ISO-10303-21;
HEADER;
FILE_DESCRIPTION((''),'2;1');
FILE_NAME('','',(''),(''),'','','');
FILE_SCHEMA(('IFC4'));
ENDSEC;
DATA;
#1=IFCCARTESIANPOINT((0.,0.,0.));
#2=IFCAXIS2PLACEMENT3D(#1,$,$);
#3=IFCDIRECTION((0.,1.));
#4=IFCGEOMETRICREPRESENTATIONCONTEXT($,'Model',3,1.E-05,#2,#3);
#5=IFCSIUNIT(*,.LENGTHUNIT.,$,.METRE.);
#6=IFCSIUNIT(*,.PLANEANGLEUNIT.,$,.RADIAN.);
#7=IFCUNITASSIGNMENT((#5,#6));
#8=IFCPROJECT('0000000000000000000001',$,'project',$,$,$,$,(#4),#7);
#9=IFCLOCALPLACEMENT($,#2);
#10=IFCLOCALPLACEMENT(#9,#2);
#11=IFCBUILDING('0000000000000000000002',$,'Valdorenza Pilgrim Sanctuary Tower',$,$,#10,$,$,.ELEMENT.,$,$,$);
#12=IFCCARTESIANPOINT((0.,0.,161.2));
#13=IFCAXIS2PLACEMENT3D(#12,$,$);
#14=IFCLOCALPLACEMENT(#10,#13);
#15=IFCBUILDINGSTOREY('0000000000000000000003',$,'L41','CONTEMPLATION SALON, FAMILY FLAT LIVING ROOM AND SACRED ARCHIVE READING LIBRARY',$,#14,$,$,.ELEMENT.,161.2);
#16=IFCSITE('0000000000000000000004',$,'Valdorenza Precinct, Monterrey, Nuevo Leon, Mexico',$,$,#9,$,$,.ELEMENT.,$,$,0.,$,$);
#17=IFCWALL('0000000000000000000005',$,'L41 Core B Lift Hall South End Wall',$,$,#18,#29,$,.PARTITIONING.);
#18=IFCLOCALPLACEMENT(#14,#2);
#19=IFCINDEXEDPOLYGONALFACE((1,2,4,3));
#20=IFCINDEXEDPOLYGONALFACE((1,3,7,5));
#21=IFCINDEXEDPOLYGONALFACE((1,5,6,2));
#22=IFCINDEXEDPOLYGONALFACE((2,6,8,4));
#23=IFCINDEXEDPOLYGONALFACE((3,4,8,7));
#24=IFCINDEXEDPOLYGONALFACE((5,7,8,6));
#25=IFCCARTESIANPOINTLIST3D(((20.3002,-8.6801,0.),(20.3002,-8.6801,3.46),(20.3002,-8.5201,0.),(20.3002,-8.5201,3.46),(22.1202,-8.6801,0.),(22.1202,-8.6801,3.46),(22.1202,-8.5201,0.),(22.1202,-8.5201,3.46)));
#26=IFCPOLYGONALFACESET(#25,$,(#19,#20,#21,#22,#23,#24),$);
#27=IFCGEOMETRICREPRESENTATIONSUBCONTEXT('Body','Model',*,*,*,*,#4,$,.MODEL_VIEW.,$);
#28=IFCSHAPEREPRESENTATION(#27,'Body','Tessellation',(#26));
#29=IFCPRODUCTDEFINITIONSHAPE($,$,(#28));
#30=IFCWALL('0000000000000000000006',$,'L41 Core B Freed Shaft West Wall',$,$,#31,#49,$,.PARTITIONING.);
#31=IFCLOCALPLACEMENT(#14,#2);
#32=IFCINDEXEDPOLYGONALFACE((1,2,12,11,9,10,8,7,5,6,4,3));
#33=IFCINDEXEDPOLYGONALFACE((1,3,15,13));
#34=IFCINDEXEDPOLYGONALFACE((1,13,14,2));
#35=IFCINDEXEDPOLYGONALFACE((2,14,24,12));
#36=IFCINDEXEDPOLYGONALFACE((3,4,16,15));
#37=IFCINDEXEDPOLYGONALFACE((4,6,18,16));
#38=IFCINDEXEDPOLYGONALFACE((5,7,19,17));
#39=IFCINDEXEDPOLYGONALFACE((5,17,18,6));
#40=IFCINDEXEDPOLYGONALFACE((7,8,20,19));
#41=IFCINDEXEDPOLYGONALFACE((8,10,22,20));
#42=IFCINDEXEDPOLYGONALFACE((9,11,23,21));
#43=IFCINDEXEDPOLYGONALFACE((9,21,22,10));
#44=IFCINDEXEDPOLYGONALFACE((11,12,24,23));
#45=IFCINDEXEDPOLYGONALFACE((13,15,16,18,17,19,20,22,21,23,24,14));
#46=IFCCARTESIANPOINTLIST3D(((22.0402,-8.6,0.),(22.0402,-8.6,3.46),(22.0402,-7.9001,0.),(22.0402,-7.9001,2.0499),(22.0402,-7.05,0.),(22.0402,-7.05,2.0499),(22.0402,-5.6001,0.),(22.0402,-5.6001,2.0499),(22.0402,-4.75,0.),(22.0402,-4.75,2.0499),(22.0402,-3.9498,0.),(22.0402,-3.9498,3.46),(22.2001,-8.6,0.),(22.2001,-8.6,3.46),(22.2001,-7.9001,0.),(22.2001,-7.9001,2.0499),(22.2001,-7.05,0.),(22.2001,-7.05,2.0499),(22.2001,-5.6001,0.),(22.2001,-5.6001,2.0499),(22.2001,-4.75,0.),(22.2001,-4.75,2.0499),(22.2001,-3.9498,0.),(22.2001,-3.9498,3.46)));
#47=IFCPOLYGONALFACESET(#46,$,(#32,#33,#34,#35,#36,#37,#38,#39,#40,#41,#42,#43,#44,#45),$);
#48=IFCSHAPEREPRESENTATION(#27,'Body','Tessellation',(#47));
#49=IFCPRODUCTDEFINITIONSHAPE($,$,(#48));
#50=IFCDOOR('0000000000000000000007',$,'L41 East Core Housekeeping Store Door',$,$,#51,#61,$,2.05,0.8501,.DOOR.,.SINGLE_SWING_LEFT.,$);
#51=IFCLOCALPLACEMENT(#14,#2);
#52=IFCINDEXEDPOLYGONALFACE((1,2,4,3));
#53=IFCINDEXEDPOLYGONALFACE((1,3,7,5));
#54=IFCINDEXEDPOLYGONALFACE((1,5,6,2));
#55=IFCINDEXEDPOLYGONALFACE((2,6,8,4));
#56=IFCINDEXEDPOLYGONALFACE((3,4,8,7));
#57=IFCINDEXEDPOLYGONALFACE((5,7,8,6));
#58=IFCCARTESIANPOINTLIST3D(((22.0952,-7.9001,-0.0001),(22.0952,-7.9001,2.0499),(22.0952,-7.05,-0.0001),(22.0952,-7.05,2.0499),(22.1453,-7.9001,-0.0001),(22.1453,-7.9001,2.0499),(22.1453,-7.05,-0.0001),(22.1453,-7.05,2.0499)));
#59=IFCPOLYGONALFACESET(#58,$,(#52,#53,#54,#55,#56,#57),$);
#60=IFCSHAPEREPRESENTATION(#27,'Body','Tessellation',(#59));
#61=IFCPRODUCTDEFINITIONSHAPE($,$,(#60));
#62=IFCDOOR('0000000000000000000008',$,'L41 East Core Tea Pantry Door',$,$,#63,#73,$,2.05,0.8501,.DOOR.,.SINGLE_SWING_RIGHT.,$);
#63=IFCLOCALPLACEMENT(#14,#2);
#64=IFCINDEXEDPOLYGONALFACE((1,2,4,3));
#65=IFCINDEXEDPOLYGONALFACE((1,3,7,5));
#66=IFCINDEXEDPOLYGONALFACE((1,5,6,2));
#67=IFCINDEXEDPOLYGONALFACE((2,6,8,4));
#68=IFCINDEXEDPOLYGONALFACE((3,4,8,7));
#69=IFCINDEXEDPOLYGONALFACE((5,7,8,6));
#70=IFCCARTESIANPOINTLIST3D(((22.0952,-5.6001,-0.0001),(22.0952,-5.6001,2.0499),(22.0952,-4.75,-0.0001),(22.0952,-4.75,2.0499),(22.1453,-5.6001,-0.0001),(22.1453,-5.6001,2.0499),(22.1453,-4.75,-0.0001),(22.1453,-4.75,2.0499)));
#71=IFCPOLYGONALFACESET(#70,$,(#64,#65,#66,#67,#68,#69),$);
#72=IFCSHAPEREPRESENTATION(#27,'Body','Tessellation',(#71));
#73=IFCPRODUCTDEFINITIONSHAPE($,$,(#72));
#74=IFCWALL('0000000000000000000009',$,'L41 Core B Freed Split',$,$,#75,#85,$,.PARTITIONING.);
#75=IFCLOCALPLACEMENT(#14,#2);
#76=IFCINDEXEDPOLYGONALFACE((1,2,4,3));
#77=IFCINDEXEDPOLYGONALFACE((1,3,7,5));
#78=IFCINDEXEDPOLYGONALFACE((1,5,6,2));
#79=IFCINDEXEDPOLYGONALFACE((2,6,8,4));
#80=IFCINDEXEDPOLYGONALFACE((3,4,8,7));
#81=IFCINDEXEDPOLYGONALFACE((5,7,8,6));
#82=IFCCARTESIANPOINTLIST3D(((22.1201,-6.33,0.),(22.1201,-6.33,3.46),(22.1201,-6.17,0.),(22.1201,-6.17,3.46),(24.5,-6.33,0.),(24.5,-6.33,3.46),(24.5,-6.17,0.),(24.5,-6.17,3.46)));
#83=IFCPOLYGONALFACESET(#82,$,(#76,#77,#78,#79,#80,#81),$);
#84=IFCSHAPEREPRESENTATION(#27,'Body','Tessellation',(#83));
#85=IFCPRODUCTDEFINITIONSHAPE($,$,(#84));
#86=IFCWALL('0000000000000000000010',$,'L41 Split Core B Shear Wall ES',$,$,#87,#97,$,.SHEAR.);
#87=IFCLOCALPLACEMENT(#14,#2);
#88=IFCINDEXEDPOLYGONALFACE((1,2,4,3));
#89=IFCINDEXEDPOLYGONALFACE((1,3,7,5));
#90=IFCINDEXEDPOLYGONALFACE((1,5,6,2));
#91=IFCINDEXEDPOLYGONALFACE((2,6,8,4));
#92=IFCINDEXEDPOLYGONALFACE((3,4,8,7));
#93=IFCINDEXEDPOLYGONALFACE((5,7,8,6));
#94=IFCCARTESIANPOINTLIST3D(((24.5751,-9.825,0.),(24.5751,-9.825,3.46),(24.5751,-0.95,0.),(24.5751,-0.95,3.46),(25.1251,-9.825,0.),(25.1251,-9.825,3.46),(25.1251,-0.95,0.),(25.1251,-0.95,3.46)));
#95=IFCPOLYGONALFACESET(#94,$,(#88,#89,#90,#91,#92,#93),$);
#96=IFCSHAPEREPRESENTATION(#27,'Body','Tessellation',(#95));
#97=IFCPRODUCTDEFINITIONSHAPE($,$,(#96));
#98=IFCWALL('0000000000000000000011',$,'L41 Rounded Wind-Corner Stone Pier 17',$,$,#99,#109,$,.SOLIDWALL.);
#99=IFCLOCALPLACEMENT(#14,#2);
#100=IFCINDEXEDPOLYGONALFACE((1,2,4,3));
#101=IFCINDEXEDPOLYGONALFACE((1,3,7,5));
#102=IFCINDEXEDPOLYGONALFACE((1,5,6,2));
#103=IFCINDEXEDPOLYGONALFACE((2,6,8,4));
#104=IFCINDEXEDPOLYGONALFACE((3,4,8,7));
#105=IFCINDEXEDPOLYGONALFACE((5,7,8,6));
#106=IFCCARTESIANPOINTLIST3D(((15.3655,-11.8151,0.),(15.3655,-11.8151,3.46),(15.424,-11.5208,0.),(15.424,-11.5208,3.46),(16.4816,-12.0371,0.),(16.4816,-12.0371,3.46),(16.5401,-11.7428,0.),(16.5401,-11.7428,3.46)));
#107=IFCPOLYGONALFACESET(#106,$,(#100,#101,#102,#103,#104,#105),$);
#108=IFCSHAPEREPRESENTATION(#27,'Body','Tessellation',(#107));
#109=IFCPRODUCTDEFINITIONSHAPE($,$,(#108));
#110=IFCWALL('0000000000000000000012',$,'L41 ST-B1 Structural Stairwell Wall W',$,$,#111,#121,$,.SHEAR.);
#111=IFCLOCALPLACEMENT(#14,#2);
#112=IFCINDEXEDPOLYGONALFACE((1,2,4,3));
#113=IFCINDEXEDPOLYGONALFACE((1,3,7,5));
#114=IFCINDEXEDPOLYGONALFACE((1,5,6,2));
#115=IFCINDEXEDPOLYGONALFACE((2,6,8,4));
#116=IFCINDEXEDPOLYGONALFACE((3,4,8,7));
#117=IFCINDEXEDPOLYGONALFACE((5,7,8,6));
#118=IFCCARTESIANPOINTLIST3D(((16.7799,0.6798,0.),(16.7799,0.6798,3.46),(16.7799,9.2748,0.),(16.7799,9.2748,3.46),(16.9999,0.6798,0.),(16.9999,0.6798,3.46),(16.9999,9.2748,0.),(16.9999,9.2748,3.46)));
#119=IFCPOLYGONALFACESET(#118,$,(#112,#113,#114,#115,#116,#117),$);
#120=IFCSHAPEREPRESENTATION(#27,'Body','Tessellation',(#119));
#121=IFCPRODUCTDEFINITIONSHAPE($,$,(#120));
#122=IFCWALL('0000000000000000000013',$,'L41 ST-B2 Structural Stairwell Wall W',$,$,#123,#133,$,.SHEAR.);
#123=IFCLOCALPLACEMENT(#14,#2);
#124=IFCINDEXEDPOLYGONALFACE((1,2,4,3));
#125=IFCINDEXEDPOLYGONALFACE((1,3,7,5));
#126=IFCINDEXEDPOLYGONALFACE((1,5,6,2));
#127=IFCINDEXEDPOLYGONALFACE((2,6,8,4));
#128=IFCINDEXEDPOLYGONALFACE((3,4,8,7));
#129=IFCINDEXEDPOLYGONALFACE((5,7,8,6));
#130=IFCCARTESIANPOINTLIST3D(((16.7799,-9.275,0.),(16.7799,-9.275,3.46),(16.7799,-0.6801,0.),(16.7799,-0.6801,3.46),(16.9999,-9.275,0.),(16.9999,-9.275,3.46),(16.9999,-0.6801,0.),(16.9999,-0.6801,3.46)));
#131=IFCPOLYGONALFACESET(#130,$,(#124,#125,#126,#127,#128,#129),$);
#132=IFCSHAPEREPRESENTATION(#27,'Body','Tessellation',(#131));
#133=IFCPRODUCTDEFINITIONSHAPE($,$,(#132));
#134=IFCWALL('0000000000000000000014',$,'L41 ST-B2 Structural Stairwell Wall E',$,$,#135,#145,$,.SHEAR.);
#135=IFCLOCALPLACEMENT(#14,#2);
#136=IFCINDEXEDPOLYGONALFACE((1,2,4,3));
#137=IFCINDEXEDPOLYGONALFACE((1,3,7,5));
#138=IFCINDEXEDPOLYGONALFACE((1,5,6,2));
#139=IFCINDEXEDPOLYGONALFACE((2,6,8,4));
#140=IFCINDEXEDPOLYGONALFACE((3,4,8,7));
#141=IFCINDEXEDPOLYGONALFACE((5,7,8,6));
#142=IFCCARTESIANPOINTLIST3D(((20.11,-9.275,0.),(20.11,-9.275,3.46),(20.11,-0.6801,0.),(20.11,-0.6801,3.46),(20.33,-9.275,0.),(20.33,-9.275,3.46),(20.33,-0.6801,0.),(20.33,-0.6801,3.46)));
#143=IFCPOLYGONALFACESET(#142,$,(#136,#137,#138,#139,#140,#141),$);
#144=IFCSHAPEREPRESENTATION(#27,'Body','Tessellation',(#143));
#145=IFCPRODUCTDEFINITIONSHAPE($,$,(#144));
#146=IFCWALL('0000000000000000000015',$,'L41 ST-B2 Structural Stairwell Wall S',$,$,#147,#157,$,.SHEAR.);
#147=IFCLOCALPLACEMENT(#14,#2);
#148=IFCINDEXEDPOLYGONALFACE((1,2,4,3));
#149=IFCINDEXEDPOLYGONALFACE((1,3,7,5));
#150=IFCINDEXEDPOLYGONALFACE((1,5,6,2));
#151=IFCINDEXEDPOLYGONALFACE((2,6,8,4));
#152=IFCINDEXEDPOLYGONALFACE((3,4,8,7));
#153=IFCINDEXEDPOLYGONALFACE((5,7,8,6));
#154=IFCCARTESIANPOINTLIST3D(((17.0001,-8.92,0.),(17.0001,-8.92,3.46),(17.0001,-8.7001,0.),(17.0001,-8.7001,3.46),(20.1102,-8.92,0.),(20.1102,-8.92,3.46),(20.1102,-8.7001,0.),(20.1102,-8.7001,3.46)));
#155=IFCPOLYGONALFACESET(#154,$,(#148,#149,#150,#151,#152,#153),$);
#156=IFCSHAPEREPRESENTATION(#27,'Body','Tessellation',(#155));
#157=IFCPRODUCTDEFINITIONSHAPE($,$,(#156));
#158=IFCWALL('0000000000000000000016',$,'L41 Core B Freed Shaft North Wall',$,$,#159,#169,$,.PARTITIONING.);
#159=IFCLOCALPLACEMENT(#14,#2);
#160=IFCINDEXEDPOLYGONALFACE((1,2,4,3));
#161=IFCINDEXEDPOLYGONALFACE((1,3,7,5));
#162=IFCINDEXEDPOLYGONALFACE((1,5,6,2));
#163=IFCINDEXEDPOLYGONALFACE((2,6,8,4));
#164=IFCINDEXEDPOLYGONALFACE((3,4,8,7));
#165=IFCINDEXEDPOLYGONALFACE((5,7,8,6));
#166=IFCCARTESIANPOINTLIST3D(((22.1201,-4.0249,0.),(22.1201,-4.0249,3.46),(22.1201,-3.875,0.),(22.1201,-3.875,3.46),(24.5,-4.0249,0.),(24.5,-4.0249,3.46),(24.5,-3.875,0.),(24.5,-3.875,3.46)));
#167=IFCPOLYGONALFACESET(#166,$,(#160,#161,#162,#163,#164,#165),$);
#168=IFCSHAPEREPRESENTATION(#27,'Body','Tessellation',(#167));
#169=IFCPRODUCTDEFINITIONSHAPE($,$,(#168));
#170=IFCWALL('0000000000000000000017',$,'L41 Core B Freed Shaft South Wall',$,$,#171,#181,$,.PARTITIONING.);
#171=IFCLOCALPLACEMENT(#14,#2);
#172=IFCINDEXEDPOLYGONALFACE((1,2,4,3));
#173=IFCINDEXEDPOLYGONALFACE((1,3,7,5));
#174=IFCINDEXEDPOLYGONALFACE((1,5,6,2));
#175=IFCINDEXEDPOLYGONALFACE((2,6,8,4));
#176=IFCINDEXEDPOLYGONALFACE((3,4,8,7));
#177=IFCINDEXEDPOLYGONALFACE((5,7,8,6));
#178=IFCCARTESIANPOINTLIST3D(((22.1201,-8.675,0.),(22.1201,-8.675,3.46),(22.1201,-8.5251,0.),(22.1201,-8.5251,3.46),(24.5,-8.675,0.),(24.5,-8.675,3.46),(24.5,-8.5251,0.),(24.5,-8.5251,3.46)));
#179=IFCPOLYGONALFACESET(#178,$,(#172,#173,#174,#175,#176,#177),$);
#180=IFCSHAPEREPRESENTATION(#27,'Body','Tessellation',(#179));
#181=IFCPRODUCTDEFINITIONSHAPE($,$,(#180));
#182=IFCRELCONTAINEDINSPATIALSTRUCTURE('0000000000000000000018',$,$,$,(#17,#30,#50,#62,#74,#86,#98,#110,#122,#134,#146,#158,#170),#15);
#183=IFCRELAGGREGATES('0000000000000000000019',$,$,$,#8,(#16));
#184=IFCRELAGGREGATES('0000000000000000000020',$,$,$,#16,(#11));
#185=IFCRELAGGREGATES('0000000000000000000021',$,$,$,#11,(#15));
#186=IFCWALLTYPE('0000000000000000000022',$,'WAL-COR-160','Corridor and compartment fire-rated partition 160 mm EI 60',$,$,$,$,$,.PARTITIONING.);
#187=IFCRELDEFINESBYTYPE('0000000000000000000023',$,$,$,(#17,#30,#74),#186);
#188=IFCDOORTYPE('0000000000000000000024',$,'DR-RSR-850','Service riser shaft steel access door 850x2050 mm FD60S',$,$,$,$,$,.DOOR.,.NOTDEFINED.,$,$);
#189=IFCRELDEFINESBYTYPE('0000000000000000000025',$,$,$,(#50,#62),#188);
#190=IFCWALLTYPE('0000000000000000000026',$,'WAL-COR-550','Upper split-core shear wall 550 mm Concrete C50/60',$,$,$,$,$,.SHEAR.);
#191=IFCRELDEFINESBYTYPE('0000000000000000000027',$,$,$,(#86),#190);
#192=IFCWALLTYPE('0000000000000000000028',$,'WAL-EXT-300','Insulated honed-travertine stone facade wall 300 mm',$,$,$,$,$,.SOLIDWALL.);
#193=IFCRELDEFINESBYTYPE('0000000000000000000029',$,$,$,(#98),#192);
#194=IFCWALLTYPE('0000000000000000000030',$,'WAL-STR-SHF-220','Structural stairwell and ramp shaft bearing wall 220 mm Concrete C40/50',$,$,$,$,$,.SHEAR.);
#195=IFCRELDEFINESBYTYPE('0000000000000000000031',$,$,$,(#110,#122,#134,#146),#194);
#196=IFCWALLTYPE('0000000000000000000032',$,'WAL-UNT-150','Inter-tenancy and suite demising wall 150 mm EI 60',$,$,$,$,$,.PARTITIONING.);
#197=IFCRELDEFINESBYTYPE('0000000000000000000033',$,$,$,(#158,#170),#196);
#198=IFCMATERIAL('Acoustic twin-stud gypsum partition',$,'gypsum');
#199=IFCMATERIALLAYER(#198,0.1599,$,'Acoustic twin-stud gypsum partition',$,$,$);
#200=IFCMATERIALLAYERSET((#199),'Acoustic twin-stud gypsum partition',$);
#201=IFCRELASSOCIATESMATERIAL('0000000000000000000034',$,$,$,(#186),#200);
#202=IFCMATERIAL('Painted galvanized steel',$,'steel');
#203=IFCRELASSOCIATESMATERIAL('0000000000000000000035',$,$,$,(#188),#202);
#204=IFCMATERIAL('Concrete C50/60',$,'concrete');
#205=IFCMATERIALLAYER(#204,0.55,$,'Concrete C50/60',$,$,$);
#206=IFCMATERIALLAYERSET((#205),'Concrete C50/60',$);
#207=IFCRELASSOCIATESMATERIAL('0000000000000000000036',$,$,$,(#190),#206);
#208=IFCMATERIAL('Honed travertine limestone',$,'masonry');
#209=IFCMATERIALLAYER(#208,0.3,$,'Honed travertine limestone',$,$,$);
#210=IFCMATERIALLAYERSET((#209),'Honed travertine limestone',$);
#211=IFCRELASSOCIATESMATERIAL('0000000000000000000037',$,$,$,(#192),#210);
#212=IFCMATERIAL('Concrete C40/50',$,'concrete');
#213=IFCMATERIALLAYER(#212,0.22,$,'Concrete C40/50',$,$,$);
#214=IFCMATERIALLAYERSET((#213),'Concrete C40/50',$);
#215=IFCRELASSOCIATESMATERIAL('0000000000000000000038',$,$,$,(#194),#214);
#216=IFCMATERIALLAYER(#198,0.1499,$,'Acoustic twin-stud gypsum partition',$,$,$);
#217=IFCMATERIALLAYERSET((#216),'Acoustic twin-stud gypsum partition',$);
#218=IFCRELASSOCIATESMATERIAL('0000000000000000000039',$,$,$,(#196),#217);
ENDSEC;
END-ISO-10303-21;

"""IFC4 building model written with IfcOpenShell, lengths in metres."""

from ifc_helpers import new_model, si_unit, direction, frame, frame_2d, origin, place, context, subcontext, project, spatial, rectangle, extrude, material, layer, layer_set, type_object, element, fill, save


model = new_model("IFC4")

# Units and contexts
model_context = context("Model", 3, precision=1e-05, world=origin(), true_north=direction((0.0, 1.0)))
body_context = subcontext(model_context, "Body", "Model", "MODEL_VIEW")
ifc_project = project(units=[si_unit("LENGTHUNIT", "METRE"), si_unit("PLANEANGLEUNIT", "RADIAN")], contexts=[model_context])

# Site, building, storey
site_placement = place(None, origin())
site = spatial("IfcSite", under=ifc_project, at=site_placement, Name="Valdorenza Precinct, Monterrey, Nuevo Leon, Mexico", CompositionType="ELEMENT", RefElevation=0.0)
building_placement = place(site_placement, origin())
building = spatial("IfcBuilding", under=site, at=building_placement, Name="Valdorenza Pilgrim Sanctuary Tower", CompositionType="ELEMENT")
storey_placement = place(building_placement, frame((0.0, 0.0, 161.2)))
storey = spatial("IfcBuildingStorey", under=building, at=storey_placement, Name="L41", Description="CONTEMPLATION SALON, FAMILY FLAT LIVING ROOM AND SACRED ARCHIVE READING LIBRARY", CompositionType="ELEMENT", Elevation=161.2)

# Shared definitions
ifc_material_1 = material(Name="Honed travertine limestone", Category="masonry")

# Wall
ifc_material_2 = material(Name="Acoustic twin-stud gypsum partition", Category="gypsum")
ifc_layer_1 = layer(ifc_material_2, 0.1599, Name="Acoustic twin-stud gypsum partition")
ifc_layer_set_1 = layer_set([ifc_layer_1], Name="Acoustic twin-stud gypsum partition")
wall_type_1 = type_object("IfcWallType", Name="WAL-COR-160", Description="Corridor and compartment fire-rated partition 160 mm EI 60", PredefinedType="PARTITIONING", material=ifc_layer_set_1)
wall_1_placement = place(storey_placement, frame((20.3, -8.6001, 0.0), z_axis=(0.0, 0.0, 1.0), x_axis=(1.0, 0.0, 0.0)))
element("IfcWall", 1, at=wall_1_placement, inside=storey, type_object=wall_type_1, Name="L41 Core B Lift Hall South End Wall", PredefinedType="PARTITIONING", context=body_context, shape_type="SweptSolid", body=[
    extrude(rectangle(XDim=1.8201, YDim=0.1599, at=frame_2d((0.9102, 0.0))), origin(), (0.0, 0.0, 1.0), 3.46),
])

# Wall, openings, doors
wall_2_placement = place(storey_placement, frame((22.1201, -8.6001, 0.0), z_axis=(0.0, 0.0, 1.0), x_axis=(0.0, 1.0, 0.0)))
wall_2 = element("IfcWall", 2, at=wall_2_placement, inside=storey, type_object=wall_type_1, Name="L41 Core B Freed Shaft West Wall", PredefinedType="PARTITIONING", context=body_context, shape_type="SweptSolid", body=[
    extrude(rectangle(XDim=4.6501, YDim=0.1599, at=frame_2d((2.3252, 0.0))), origin(), (0.0, 0.0, 1.0), 3.46),
])
opening_1_placement = place(wall_2_placement, frame((0.7, 0.0, 0.0)))
opening_1 = element("IfcOpeningElement", 3, at=opening_1_placement, cuts=wall_2, PredefinedType="OPENING", context=body_context, shape_type="SweptSolid", body=[
    extrude(rectangle(XDim=0.8501, YDim=2.05, at=frame_2d((0.425, 1.0249))), frame((0.0, 0.0947, 0.0), z_axis=(0.0, -1.0, 0.0), x_axis=(1.0, 0.0, 0.0)), (0.0, 0.0, 1.0), 0.1897),
])
opening_2_placement = place(wall_2_placement, frame((3.0, 0.0, 0.0)))
opening_2 = element("IfcOpeningElement", 4, at=opening_2_placement, cuts=wall_2, PredefinedType="OPENING", context=body_context, shape_type="SweptSolid", body=[
    extrude(rectangle(XDim=0.8501, YDim=2.05, at=frame_2d((0.425, 1.0249))), frame((0.0, 0.0947, 0.0), z_axis=(0.0, -1.0, 0.0), x_axis=(1.0, 0.0, 0.0)), (0.0, 0.0, 1.0), 0.1897),
])
ifc_material_3 = material(Name="Painted galvanized steel", Category="steel")
door_type_1 = type_object("IfcDoorType", Name="DR-RSR-850", Description="Service riser shaft steel access door 850x2050 mm FD60S", OperationType="NOTDEFINED", PredefinedType="DOOR", material=ifc_material_3)
door_1_placement = place(opening_1_placement, origin())
door_1 = element("IfcDoor", 5, at=door_1_placement, inside=storey, type_object=door_type_1, Name="L41 East Core Housekeeping Store Door", OperationType="SINGLE_SWING_LEFT", OverallHeight=2.05, OverallWidth=0.8501, PredefinedType="DOOR", context=body_context, shape_type="SweptSolid", body=[
    extrude(rectangle(XDim=0.8501, YDim=2.05, at=frame_2d((0.425, 1.0249))), frame((0.0, 0.0249, 0.0), z_axis=(0.0, -1.0, 0.0), x_axis=(1.0, 0.0, 0.0)), (0.0, 0.0, 1.0), 0.05),
])
fill(opening_1, door_1)
door_2_placement = place(opening_2_placement, origin())
door_2 = element("IfcDoor", 6, at=door_2_placement, inside=storey, type_object=door_type_1, Name="L41 East Core Tea Pantry Door", OperationType="SINGLE_SWING_RIGHT", OverallHeight=2.05, OverallWidth=0.8501, PredefinedType="DOOR", context=body_context, shape_type="SweptSolid", body=[
    extrude(rectangle(XDim=0.8501, YDim=2.05, at=frame_2d((0.425, 1.0249))), frame((0.0, 0.0249, 0.0), z_axis=(0.0, -1.0, 0.0), x_axis=(1.0, 0.0, 0.0)), (0.0, 0.0, 1.0), 0.05),
])
fill(opening_2, door_2)

# Walls
wall_3_placement = place(storey_placement, frame((22.1201, -6.25, 0.0), z_axis=(0.0, 0.0, 1.0), x_axis=(1.0, 0.0, 0.0)))
element("IfcWall", 7, at=wall_3_placement, inside=storey, type_object=wall_type_1, Name="L41 Core B Freed Split", PredefinedType="PARTITIONING", context=body_context, shape_type="SweptSolid", body=[
    extrude(rectangle(XDim=2.3799, YDim=0.1599, at=frame_2d((1.1899, 0.0))), origin(), (0.0, 0.0, 1.0), 3.46),
])
ifc_material_4 = material(Name="Concrete C50/60", Category="concrete")
ifc_layer_2 = layer(ifc_material_4, 0.55, Name="Concrete C50/60")
ifc_layer_set_2 = layer_set([ifc_layer_2], Name="Concrete C50/60")
wall_type_2 = type_object("IfcWallType", Name="WAL-COR-550", Description="Upper split-core shear wall 550 mm Concrete C50/60", PredefinedType="SHEAR", material=ifc_layer_set_2)
wall_4_placement = place(storey_placement, frame((24.8501, -9.825, 0.0), z_axis=(0.0, 0.0, 1.0), x_axis=(0.0, 1.0, 0.0)))
element("IfcWall", 8, at=wall_4_placement, inside=storey, type_object=wall_type_2, Name="L41 Split Core B Shear Wall ES", PredefinedType="SHEAR", context=body_context, shape_type="SweptSolid", body=[
    extrude(rectangle(XDim=8.875, YDim=0.55, at=frame_2d((4.4375, 0.0))), origin(), (0.0, 0.0, 1.0), 3.46),
])
ifc_layer_3 = layer(ifc_material_1, 0.3, Name="Honed travertine limestone")
ifc_layer_set_3 = layer_set([ifc_layer_3], Name="Honed travertine limestone")
wall_type_3 = type_object("IfcWallType", Name="WAL-EXT-300", Description="Insulated honed-travertine stone facade wall 300 mm", PredefinedType="SOLIDWALL", material=ifc_layer_set_3)
wall_5_placement = place(storey_placement, frame((16.5107, -11.8899, 0.0), z_axis=(0.0, 0.0, 1.0), x_axis=(-0.980795, 0.195043, 0.0)))
element("IfcWall", 9, at=wall_5_placement, inside=storey, type_object=wall_type_3, Name="L41 Rounded Wind-Corner Stone Pier 17", PredefinedType="SOLIDWALL", context=body_context, shape_type="SweptSolid", body=[
    extrude(rectangle(XDim=1.1379, YDim=0.3, at=frame_2d((0.5688, 0.0))), origin(), (0.0, 0.0, 1.0), 3.46),
])

# Walls
ifc_material_5 = material(Name="Concrete C40/50", Category="concrete")
ifc_layer_4 = layer(ifc_material_5, 0.22, Name="Concrete C40/50")
ifc_layer_set_4 = layer_set([ifc_layer_4], Name="Concrete C40/50")
wall_type_4 = type_object("IfcWallType", Name="WAL-STR-SHF-220", Description="Structural stairwell and ramp shaft bearing wall 220 mm Concrete C40/50", PredefinedType="SHEAR", material=ifc_layer_set_4)
for number, where, z_axis, x_axis, name in (
    (10, (16.8899, 0.6799, 0.0), (0.0, 0.0, 1.0), (0.0, 1.0, 0.0), "L41 ST-B1 Structural Stairwell Wall W"),
    (11, (16.8899, -9.2749, 0.0), (0.0, 0.0, 1.0), (0.0, 1.0, 0.0), "L41 ST-B2 Structural Stairwell Wall W"),
    (12, (20.22, -9.2749, 0.0), (0.0, 0.0, 1.0), (0.0, 1.0, 0.0), "L41 ST-B2 Structural Stairwell Wall E"),
):
    element("IfcWall", number, at=place(storey_placement, frame(where, z_axis=z_axis, x_axis=x_axis)), inside=storey, type_object=wall_type_4, Name=name, PredefinedType="SHEAR", context=body_context, shape_type="SweptSolid", body=[
        extrude(rectangle(XDim=8.595, YDim=0.22, at=frame_2d((4.2974, 0.0))), origin(), (0.0, 0.0, 1.0), 3.46),
    ])
wall_6_placement = place(storey_placement, frame((17.0, -8.8101, 0.0), z_axis=(0.0, 0.0, 1.0), x_axis=(1.0, 0.0, 0.0)))
element("IfcWall", 13, at=wall_6_placement, inside=storey, type_object=wall_type_4, Name="L41 ST-B2 Structural Stairwell Wall S", PredefinedType="SHEAR", context=body_context, shape_type="SweptSolid", body=[
    extrude(rectangle(XDim=3.1101, YDim=0.22, at=frame_2d((1.5552, 0.0))), origin(), (0.0, 0.0, 1.0), 3.46),
])

# Walls
ifc_layer_5 = layer(ifc_material_2, 0.1499, Name="Acoustic twin-stud gypsum partition")
ifc_layer_set_5 = layer_set([ifc_layer_5], Name="Acoustic twin-stud gypsum partition")
wall_type_5 = type_object("IfcWallType", Name="WAL-UNT-150", Description="Inter-tenancy and suite demising wall 150 mm EI 60", PredefinedType="PARTITIONING", material=ifc_layer_set_5)
for number, where, z_axis, x_axis, name in (
    (14, (22.1201, -3.95, 0.0), (0.0, 0.0, 1.0), (1.0, 0.0, 0.0), "L41 Core B Freed Shaft North Wall"),
    (15, (22.1201, -8.6001, 0.0), (0.0, 0.0, 1.0), (1.0, 0.0, 0.0), "L41 Core B Freed Shaft South Wall"),
):
    element("IfcWall", number, at=place(storey_placement, frame(where, z_axis=z_axis, x_axis=x_axis)), inside=storey, type_object=wall_type_5, Name=name, PredefinedType="PARTITIONING", context=body_context, shape_type="SweptSolid", body=[
        extrude(rectangle(XDim=2.3799, YDim=0.1499, at=frame_2d((1.1899, 0.0))), origin(), (0.0, 0.0, 1.0), 3.46),
    ])

save(model, "model.ifc")
